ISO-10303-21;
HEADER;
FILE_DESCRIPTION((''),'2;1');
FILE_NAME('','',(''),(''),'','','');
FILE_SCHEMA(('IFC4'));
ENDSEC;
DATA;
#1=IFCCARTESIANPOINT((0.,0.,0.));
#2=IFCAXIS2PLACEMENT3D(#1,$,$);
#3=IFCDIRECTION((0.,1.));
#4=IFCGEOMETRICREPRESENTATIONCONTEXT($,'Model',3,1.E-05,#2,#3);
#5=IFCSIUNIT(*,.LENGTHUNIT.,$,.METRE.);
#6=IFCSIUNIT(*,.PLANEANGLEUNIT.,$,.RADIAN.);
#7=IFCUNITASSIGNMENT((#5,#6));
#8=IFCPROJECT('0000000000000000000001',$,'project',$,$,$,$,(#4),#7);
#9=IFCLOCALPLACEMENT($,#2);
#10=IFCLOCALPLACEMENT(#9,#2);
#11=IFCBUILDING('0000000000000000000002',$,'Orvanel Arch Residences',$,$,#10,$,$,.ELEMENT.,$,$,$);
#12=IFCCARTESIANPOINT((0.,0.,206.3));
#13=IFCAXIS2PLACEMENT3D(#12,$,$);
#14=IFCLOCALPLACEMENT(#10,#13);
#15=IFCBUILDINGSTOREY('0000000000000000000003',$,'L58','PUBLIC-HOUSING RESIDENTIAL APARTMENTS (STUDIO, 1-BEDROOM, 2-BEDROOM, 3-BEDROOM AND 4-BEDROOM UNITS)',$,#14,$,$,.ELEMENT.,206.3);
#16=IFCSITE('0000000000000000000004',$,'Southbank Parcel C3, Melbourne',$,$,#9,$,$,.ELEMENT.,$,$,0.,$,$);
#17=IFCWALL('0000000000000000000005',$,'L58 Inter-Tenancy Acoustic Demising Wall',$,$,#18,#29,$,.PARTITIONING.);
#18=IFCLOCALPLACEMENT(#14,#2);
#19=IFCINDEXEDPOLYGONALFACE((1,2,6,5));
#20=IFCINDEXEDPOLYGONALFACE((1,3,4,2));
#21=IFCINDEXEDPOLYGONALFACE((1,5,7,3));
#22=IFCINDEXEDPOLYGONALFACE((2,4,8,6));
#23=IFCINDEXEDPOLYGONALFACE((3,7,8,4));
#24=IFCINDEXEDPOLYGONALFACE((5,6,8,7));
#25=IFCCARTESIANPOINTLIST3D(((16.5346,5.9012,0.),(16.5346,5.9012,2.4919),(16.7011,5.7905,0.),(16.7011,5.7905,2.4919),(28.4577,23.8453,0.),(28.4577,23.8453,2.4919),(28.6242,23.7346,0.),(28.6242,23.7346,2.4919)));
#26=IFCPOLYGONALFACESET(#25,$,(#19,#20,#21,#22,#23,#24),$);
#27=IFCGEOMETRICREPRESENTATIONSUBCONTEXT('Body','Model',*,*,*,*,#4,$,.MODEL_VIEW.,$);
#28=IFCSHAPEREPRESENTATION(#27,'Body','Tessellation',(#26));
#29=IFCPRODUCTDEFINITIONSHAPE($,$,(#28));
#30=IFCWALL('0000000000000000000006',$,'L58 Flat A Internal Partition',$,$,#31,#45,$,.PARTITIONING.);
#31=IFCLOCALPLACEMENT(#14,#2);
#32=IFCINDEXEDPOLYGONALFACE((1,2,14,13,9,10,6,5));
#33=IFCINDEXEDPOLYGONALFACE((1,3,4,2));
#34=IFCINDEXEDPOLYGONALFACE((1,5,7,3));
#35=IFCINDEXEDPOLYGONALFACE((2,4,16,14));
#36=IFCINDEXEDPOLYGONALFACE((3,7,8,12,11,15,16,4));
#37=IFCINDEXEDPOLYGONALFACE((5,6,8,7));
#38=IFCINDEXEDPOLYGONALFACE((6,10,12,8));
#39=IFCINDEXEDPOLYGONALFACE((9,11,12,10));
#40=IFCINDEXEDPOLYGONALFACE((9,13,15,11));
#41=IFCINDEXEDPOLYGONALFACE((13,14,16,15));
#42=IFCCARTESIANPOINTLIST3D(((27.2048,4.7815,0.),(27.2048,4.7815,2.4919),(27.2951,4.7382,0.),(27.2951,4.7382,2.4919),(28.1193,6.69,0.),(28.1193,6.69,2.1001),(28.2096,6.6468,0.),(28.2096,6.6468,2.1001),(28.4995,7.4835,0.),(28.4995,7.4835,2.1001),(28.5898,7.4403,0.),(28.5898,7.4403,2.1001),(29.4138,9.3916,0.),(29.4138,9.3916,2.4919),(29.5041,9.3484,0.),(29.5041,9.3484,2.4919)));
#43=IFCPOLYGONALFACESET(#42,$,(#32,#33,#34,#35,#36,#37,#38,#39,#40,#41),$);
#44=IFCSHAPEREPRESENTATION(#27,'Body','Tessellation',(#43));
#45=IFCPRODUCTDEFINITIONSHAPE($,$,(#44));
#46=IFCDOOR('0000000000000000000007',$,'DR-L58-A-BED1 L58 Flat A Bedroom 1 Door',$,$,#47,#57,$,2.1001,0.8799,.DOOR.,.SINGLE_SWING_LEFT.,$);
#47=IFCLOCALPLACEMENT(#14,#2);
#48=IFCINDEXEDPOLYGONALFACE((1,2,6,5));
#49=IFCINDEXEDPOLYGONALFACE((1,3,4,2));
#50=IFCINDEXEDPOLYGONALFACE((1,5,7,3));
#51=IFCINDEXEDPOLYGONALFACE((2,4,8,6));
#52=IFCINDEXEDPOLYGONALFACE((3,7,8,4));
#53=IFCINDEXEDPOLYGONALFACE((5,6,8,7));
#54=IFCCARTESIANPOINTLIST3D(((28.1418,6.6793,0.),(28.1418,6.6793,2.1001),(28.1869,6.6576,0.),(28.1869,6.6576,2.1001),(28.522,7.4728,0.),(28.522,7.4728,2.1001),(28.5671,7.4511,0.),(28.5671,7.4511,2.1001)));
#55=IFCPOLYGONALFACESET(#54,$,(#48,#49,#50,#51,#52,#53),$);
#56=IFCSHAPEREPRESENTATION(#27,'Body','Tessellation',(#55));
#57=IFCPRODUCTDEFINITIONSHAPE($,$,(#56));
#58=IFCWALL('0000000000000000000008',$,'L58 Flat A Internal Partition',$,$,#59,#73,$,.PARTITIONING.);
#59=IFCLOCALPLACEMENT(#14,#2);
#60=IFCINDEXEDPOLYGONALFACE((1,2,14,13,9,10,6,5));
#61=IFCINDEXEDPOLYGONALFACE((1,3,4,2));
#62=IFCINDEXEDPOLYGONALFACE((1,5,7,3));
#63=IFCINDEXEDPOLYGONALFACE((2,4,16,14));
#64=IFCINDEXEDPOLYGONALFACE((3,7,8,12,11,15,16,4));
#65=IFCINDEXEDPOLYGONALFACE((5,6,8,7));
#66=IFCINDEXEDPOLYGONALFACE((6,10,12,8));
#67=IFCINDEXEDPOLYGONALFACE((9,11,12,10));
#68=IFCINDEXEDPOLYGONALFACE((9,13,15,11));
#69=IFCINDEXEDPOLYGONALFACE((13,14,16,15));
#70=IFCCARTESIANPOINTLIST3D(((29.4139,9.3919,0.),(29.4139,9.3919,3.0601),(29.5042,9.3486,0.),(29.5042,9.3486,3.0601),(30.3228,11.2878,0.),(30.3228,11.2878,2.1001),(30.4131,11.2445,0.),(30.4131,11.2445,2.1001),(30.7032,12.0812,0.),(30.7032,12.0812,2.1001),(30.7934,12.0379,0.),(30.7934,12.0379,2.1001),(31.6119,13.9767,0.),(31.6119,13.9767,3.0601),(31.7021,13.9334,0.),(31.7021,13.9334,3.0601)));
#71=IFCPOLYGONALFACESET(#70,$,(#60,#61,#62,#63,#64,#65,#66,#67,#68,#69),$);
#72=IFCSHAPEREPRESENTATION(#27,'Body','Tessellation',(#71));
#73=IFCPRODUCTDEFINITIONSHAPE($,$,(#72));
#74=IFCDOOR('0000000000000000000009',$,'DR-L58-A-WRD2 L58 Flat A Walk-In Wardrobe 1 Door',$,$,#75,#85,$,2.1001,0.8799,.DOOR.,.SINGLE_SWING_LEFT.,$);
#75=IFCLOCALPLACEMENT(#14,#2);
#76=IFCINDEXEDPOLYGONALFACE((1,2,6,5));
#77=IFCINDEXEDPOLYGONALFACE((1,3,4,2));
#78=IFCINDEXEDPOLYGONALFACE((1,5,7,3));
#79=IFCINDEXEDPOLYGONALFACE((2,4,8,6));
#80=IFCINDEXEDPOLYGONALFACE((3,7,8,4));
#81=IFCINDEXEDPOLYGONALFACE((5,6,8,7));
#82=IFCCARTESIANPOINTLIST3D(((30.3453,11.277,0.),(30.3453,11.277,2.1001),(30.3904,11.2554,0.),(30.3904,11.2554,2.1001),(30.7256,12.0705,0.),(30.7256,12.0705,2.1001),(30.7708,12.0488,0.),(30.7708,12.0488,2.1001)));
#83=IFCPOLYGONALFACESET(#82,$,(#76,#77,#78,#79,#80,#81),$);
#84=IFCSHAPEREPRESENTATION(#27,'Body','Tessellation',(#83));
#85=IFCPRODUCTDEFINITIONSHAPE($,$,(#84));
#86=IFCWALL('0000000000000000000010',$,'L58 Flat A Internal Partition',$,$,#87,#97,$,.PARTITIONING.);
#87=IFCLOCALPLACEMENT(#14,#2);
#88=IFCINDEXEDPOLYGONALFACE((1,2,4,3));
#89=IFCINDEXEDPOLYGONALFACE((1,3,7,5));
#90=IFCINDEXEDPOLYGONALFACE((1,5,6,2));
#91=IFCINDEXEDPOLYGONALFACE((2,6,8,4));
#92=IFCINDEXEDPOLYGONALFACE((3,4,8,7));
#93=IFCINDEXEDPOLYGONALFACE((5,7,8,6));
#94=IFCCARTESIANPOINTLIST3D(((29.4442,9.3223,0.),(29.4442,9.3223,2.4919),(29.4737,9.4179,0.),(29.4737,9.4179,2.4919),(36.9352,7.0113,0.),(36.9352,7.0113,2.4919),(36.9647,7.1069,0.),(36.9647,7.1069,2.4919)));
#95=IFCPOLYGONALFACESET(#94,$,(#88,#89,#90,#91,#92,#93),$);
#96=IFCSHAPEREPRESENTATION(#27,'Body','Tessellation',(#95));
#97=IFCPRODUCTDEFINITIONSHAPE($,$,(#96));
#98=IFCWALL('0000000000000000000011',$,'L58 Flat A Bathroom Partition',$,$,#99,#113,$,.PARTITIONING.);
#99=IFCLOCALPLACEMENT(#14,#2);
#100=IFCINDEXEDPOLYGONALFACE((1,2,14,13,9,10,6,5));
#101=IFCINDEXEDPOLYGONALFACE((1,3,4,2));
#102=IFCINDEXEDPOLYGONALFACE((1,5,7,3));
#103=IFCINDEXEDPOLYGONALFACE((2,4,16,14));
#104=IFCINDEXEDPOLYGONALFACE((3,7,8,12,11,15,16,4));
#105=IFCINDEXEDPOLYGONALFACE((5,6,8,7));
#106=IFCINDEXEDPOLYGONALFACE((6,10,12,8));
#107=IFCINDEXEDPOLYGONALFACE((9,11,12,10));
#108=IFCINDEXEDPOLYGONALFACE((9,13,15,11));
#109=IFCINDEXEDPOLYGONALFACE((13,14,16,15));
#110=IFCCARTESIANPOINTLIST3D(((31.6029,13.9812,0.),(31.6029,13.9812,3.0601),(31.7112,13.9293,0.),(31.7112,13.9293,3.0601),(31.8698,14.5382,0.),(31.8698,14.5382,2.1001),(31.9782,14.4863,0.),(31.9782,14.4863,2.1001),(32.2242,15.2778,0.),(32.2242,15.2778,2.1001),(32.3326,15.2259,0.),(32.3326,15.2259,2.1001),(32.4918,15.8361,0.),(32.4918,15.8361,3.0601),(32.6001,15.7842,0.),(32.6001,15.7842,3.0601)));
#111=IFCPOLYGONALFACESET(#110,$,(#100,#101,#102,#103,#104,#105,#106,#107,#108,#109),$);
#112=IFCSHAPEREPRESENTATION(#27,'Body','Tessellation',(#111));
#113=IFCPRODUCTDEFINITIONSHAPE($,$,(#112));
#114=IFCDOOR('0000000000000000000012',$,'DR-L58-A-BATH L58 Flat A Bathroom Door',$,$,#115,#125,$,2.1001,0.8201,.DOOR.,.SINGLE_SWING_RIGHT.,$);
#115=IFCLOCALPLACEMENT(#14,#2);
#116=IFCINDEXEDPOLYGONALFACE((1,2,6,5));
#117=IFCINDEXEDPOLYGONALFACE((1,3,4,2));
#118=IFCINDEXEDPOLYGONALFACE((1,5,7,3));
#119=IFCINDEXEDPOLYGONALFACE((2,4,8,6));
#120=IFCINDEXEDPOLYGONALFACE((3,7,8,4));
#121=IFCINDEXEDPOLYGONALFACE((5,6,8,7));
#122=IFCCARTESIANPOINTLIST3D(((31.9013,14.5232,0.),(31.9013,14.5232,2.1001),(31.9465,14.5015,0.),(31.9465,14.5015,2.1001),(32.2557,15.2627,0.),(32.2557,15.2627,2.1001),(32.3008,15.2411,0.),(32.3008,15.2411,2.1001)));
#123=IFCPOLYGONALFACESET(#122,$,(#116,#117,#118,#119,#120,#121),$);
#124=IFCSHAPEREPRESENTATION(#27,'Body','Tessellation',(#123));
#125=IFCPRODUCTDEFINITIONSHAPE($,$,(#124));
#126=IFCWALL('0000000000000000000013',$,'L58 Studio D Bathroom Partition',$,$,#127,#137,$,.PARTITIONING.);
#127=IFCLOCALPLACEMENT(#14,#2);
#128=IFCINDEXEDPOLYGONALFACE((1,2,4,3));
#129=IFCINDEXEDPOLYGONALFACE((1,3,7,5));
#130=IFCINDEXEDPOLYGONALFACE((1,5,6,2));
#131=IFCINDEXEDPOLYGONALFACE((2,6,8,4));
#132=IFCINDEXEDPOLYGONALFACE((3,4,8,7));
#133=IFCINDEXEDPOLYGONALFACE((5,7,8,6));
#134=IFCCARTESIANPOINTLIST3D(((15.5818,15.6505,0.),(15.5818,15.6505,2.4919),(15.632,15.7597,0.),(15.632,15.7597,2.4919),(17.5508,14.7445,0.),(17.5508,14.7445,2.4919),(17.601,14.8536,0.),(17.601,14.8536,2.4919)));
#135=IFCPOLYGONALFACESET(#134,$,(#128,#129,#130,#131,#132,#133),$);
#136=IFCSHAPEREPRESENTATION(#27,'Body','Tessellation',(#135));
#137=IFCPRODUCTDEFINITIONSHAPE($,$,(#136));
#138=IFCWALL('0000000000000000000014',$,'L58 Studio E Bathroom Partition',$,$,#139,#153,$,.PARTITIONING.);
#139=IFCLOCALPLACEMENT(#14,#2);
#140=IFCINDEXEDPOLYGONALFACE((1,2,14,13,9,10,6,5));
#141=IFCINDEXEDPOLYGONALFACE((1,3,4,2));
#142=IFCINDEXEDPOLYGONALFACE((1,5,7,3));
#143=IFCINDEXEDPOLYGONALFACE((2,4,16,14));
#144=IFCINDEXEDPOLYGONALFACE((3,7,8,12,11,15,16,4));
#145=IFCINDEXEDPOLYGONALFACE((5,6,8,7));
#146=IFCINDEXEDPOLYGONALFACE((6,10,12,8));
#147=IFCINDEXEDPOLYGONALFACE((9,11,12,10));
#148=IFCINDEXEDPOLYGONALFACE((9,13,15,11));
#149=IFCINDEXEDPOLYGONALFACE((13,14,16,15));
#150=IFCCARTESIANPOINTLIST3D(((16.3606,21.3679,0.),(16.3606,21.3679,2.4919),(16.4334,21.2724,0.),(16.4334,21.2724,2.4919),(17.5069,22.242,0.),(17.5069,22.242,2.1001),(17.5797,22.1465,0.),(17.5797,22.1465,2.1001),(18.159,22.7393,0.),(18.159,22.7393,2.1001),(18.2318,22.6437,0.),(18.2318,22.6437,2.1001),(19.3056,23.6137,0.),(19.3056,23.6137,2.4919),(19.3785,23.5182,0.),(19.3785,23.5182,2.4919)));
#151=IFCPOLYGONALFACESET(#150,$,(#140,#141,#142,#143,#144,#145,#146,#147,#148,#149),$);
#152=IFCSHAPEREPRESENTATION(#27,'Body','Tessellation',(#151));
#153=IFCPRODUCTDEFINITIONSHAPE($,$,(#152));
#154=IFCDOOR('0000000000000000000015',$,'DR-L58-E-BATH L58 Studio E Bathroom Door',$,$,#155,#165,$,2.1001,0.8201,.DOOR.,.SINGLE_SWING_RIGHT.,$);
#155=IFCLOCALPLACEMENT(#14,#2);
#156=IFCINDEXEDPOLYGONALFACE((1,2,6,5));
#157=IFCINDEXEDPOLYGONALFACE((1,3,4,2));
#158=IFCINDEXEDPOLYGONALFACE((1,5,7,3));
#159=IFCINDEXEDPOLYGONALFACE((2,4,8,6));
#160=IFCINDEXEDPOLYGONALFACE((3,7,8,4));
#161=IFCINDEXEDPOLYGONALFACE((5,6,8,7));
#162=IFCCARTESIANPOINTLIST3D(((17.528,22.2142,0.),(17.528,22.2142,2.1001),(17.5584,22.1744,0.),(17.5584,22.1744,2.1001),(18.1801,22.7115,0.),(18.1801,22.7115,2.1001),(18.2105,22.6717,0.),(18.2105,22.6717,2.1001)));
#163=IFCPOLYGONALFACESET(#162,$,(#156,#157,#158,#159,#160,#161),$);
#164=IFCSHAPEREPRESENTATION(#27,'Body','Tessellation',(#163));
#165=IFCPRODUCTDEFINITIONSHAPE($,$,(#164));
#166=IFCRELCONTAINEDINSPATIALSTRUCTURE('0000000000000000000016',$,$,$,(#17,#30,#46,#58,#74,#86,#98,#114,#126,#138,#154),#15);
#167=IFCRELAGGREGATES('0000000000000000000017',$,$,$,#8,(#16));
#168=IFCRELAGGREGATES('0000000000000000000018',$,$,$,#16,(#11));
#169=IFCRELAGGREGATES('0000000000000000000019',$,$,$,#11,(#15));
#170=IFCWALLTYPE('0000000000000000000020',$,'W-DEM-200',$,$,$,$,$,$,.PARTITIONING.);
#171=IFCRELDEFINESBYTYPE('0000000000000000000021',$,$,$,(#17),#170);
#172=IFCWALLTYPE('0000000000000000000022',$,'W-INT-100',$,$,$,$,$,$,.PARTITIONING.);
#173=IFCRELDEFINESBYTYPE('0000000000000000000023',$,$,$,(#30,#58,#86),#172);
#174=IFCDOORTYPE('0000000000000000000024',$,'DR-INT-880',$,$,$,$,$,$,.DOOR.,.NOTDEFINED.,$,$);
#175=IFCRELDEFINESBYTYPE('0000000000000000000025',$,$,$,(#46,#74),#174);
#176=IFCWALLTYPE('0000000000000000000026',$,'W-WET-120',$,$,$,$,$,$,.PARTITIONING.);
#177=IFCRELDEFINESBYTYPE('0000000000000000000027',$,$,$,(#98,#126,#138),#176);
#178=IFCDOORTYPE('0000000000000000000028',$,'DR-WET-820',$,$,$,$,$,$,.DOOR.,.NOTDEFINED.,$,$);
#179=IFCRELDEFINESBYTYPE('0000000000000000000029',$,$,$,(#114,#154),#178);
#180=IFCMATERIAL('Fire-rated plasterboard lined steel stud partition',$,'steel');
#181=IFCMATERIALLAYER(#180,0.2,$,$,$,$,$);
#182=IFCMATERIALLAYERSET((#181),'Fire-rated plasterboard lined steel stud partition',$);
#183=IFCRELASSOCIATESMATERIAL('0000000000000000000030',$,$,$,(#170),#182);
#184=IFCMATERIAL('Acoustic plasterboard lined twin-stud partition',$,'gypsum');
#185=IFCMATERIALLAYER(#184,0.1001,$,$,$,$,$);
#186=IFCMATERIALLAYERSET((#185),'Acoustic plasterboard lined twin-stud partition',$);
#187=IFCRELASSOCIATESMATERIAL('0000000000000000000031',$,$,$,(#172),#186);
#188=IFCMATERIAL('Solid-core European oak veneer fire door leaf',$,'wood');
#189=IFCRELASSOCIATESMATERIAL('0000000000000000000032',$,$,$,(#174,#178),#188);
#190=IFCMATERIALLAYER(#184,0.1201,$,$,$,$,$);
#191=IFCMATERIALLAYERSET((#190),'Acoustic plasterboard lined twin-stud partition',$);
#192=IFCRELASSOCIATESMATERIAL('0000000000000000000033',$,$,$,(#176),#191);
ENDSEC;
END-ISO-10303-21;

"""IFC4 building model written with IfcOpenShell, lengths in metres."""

from ifc_helpers import new_model, si_unit, direction, frame, frame_2d, origin, place, context, subcontext, project, spatial, rectangle, extrude, material, layer, layer_set, type_object, element, fill, save


model = new_model("IFC4")

# Units and contexts
model_context = context("Model", 3, precision=1e-05, world=origin(), true_north=direction((0.0, 1.0)))
body_context = subcontext(model_context, "Body", "Model", "MODEL_VIEW")
ifc_project = project(units=[si_unit("LENGTHUNIT", "METRE"), si_unit("PLANEANGLEUNIT", "RADIAN")], contexts=[model_context])

# Site, building, storey
site_placement = place(None, origin())
site = spatial("IfcSite", under=ifc_project, at=site_placement, Name="Southbank Parcel C3, Melbourne", CompositionType="ELEMENT", RefElevation=0.0)
building_placement = place(site_placement, origin())
building = spatial("IfcBuilding", under=site, at=building_placement, Name="Orvanel Arch Residences", CompositionType="ELEMENT")
storey_placement = place(building_placement, frame((0.0, 0.0, 206.3)))
storey = spatial("IfcBuildingStorey", under=building, at=storey_placement, Name="L58", Description="PUBLIC-HOUSING RESIDENTIAL APARTMENTS (STUDIO, 1-BEDROOM, 2-BEDROOM, 3-BEDROOM AND 4-BEDROOM UNITS)", CompositionType="ELEMENT", Elevation=206.3)

# Wall
ifc_material_1 = material(Name="Fire-rated plasterboard lined steel stud partition", Category="steel")
ifc_layer_1 = layer(ifc_material_1, 0.2)
ifc_layer_set_1 = layer_set([ifc_layer_1], Name="Fire-rated plasterboard lined steel stud partition")
wall_type_1 = type_object("IfcWallType", Name="W-DEM-200", PredefinedType="PARTITIONING", material=ifc_layer_set_1)
wall_1_placement = place(storey_placement, frame((16.6179, 5.8459, 0.0), z_axis=(0.0, 0.0, 1.0), x_axis=(0.553426, 0.832898, 0.0)))
element("IfcWall", 1, at=wall_1_placement, inside=storey, type_object=wall_type_1, Name="L58 Inter-Tenancy Acoustic Demising Wall", PredefinedType="PARTITIONING", context=body_context, shape_type="SweptSolid", body=[
    extrude(rectangle(XDim=21.5442, YDim=0.2, at=frame_2d((10.772, 0.0))), origin(), (0.0, 0.0, 1.0), 2.4919),
])

# Walls, openings, doors
ifc_material_2 = material(Name="Acoustic plasterboard lined twin-stud partition", Category="gypsum")
ifc_layer_2 = layer(ifc_material_2, 0.1001)
ifc_layer_set_2 = layer_set([ifc_layer_2], Name="Acoustic plasterboard lined twin-stud partition")
wall_type_2 = type_object("IfcWallType", Name="W-INT-100", PredefinedType="PARTITIONING", material=ifc_layer_set_2)
wall_2_placement = place(storey_placement, frame((29.459, 9.3701, 0.0), z_axis=(0.0, 0.0, 1.0), x_axis=(-0.432116, -0.901818, 0.0)))
wall_2 = element("IfcWall", 2, at=wall_2_placement, inside=storey, type_object=wall_type_2, Name="L58 Flat A Internal Partition", PredefinedType="PARTITIONING", context=body_context, shape_type="SweptSolid", body=[
    extrude(rectangle(XDim=5.1121, YDim=0.1001, at=frame_2d((2.5562, 0.0))), origin(), (0.0, 0.0, 1.0), 2.4919),
])
opening_1_placement = place(wall_2_placement, frame((2.116, 0.0, 0.0)))
opening_1 = element("IfcOpeningElement", 3, at=opening_1_placement, cuts=wall_2, PredefinedType="OPENING", context=body_context, shape_type="SweptSolid", body=[
    extrude(rectangle(XDim=0.8799, YDim=2.1001, at=frame_2d((0.4399, 1.05))), frame((0.0, 0.0601, 0.0), z_axis=(0.0, -1.0, 0.0), x_axis=(1.0, 0.0, 0.0)), (0.0, 0.0, 1.0), 0.1201),
])
ifc_material_3 = material(Name="Solid-core European oak veneer fire door leaf", Category="wood")
door_type_1 = type_object("IfcDoorType", Name="DR-INT-880", OperationType="NOTDEFINED", PredefinedType="DOOR", material=ifc_material_3)
door_1_placement = place(opening_1_placement, origin())
door_1 = element("IfcDoor", 4, at=door_1_placement, inside=storey, type_object=door_type_1, Name="DR-L58-A-BED1 L58 Flat A Bedroom 1 Door", OperationType="SINGLE_SWING_LEFT", OverallHeight=2.1001, OverallWidth=0.8799, PredefinedType="DOOR", context=body_context, shape_type="SweptSolid", body=[
    extrude(rectangle(XDim=0.8799, YDim=2.1001, at=frame_2d((0.4399, 1.05))), frame((0.0, 0.0249, 0.0), z_axis=(0.0, -1.0, 0.0), x_axis=(1.0, 0.0, 0.0)), (0.0, 0.0, 1.0), 0.05),
])
fill(opening_1, door_1)
wall_3_placement = place(storey_placement, frame((31.657, 13.9551, 0.0), z_axis=(0.0, 0.0, 1.0), x_axis=(-0.432286, -0.901736, 0.0)))
wall_3 = element("IfcWall", 5, at=wall_3_placement, inside=storey, type_object=wall_type_2, Name="L58 Flat A Internal Partition", PredefinedType="PARTITIONING", context=body_context, shape_type="SweptSolid", body=[
    extrude(rectangle(XDim=5.0845, YDim=0.1001, at=frame_2d((2.5422, 0.0))), origin(), (0.0, 0.0, 1.0), 3.0601),
])
opening_2_placement = place(wall_3_placement, frame((2.1021, 0.0, 0.0)))
opening_2 = element("IfcOpeningElement", 6, at=opening_2_placement, cuts=wall_3, PredefinedType="OPENING", context=body_context, shape_type="SweptSolid", body=[
    extrude(rectangle(XDim=0.8799, YDim=2.1001, at=frame_2d((0.4399, 1.05))), frame((0.0, 0.0601, 0.0), z_axis=(0.0, -1.0, 0.0), x_axis=(1.0, 0.0, 0.0)), (0.0, 0.0, 1.0), 0.1201),
])
door_2_placement = place(opening_2_placement, origin())
door_2 = element("IfcDoor", 7, at=door_2_placement, inside=storey, type_object=door_type_1, Name="DR-L58-A-WRD2 L58 Flat A Walk-In Wardrobe 1 Door", OperationType="SINGLE_SWING_LEFT", OverallHeight=2.1001, OverallWidth=0.8799, PredefinedType="DOOR", context=body_context, shape_type="SweptSolid", body=[
    extrude(rectangle(XDim=0.8799, YDim=2.1001, at=frame_2d((0.4399, 1.05))), frame((0.0, 0.0249, 0.0), z_axis=(0.0, -1.0, 0.0), x_axis=(1.0, 0.0, 0.0)), (0.0, 0.0, 1.0), 0.05),
])
fill(opening_2, door_2)

# Wall
wall_4_placement = place(storey_placement, frame((29.459, 9.3701, 0.0), z_axis=(0.0, 0.0, 1.0), x_axis=(0.955559, -0.294799, 0.0)))
element("IfcWall", 8, at=wall_4_placement, inside=storey, type_object=wall_type_2, Name="L58 Flat A Internal Partition", PredefinedType="PARTITIONING", context=body_context, shape_type="SweptSolid", body=[
    extrude(rectangle(XDim=7.8394, YDim=0.1001, at=frame_2d((3.9197, 0.0))), origin(), (0.0, 0.0, 1.0), 2.4919),
])

# Wall, opening, door
ifc_layer_3 = layer(ifc_material_2, 0.1201)
ifc_layer_set_3 = layer_set([ifc_layer_3], Name="Acoustic plasterboard lined twin-stud partition")
wall_type_3 = type_object("IfcWallType", Name="W-WET-120", PredefinedType="PARTITIONING", material=ifc_layer_set_3)
wall_5_placement = place(storey_placement, frame((32.5459, 15.8101, 0.0), z_axis=(0.0, 0.0, 1.0), x_axis=(-0.432148, -0.901803, 0.0)))
wall_5 = element("IfcWall", 9, at=wall_5_placement, inside=storey, type_object=wall_type_3, Name="L58 Flat A Bathroom Partition", PredefinedType="PARTITIONING", context=body_context, shape_type="SweptSolid", body=[
    extrude(rectangle(XDim=2.0569, YDim=0.1201, at=frame_2d((1.0283, 0.0))), origin(), (0.0, 0.0, 1.0), 3.0601),
])
opening_3_placement = place(wall_5_placement, frame((0.6189, 0.0, 0.0)))
opening_3 = element("IfcOpeningElement", 10, at=opening_3_placement, cuts=wall_5, PredefinedType="OPENING", context=body_context, shape_type="SweptSolid", body=[
    extrude(rectangle(XDim=0.8201, YDim=2.1001, at=frame_2d((0.4102, 1.05))), frame((0.0, 0.0701, 0.0), z_axis=(0.0, -1.0, 0.0), x_axis=(1.0, 0.0, 0.0)), (0.0, 0.0, 1.0), 0.1401),
])
door_type_2 = type_object("IfcDoorType", Name="DR-WET-820", OperationType="NOTDEFINED", PredefinedType="DOOR", material=ifc_material_3)
door_3_placement = place(opening_3_placement, origin())
door_3 = element("IfcDoor", 11, at=door_3_placement, inside=storey, type_object=door_type_2, Name="DR-L58-A-BATH L58 Flat A Bathroom Door", OperationType="SINGLE_SWING_RIGHT", OverallHeight=2.1001, OverallWidth=0.8201, PredefinedType="DOOR", context=body_context, shape_type="SweptSolid", body=[
    extrude(rectangle(XDim=0.8201, YDim=2.1001, at=frame_2d((0.4102, 1.05))), frame((0.0, 0.0249, 0.0), z_axis=(0.0, -1.0, 0.0), x_axis=(1.0, 0.0, 0.0)), (0.0, 0.0, 1.0), 0.05),
])
fill(opening_3, door_3)

# Wall
wall_6_placement = place(storey_placement, frame((17.5759, 14.7991, 0.0), z_axis=(0.0, 0.0, 1.0), x_axis=(-0.908443, 0.418008, 0.0)))
element("IfcWall", 12, at=wall_6_placement, inside=storey, type_object=wall_type_3, Name="L58 Studio D Bathroom Partition", PredefinedType="PARTITIONING", context=body_context, shape_type="SweptSolid", body=[
    extrude(rectangle(XDim=2.1675, YDim=0.1201, at=frame_2d((1.0837, 0.0))), origin(), (0.0, 0.0, 1.0), 2.4919),
])

# Wall, opening, door
wall_7_placement = place(storey_placement, frame((19.342, 23.5659, 0.0), z_axis=(0.0, 0.0, 1.0), x_axis=(-0.795173, -0.606383, 0.0)))
wall_7 = element("IfcWall", 13, at=wall_7_placement, inside=storey, type_object=wall_type_3, Name="L58 Studio E Bathroom Partition", PredefinedType="PARTITIONING", context=body_context, shape_type="SweptSolid", body=[
    extrude(rectangle(XDim=3.7036, YDim=0.1201, at=frame_2d((1.8518, 0.0))), origin(), (0.0, 0.0, 1.0), 2.4919),
])
opening_4_placement = place(wall_7_placement, frame((1.4419, 0.0, 0.0)))
opening_4 = element("IfcOpeningElement", 14, at=opening_4_placement, cuts=wall_7, PredefinedType="OPENING", context=body_context, shape_type="SweptSolid", body=[
    extrude(rectangle(XDim=0.8201, YDim=2.1001, at=frame_2d((0.4102, 1.05))), frame((0.0, 0.0701, 0.0), z_axis=(0.0, -1.0, 0.0), x_axis=(1.0, 0.0, 0.0)), (0.0, 0.0, 1.0), 0.1401),
])
door_4_placement = place(opening_4_placement, origin())
door_4 = element("IfcDoor", 15, at=door_4_placement, inside=storey, type_object=door_type_2, Name="DR-L58-E-BATH L58 Studio E Bathroom Door", OperationType="SINGLE_SWING_RIGHT", OverallHeight=2.1001, OverallWidth=0.8201, PredefinedType="DOOR", context=body_context, shape_type="SweptSolid", body=[
    extrude(rectangle(XDim=0.8201, YDim=2.1001, at=frame_2d((0.4102, 1.05))), frame((0.0, 0.0249, 0.0), z_axis=(0.0, -1.0, 0.0), x_axis=(1.0, 0.0, 0.0)), (0.0, 0.0, 1.0), 0.05),
])
fill(opening_4, door_4)

save(model, "model.ifc")
